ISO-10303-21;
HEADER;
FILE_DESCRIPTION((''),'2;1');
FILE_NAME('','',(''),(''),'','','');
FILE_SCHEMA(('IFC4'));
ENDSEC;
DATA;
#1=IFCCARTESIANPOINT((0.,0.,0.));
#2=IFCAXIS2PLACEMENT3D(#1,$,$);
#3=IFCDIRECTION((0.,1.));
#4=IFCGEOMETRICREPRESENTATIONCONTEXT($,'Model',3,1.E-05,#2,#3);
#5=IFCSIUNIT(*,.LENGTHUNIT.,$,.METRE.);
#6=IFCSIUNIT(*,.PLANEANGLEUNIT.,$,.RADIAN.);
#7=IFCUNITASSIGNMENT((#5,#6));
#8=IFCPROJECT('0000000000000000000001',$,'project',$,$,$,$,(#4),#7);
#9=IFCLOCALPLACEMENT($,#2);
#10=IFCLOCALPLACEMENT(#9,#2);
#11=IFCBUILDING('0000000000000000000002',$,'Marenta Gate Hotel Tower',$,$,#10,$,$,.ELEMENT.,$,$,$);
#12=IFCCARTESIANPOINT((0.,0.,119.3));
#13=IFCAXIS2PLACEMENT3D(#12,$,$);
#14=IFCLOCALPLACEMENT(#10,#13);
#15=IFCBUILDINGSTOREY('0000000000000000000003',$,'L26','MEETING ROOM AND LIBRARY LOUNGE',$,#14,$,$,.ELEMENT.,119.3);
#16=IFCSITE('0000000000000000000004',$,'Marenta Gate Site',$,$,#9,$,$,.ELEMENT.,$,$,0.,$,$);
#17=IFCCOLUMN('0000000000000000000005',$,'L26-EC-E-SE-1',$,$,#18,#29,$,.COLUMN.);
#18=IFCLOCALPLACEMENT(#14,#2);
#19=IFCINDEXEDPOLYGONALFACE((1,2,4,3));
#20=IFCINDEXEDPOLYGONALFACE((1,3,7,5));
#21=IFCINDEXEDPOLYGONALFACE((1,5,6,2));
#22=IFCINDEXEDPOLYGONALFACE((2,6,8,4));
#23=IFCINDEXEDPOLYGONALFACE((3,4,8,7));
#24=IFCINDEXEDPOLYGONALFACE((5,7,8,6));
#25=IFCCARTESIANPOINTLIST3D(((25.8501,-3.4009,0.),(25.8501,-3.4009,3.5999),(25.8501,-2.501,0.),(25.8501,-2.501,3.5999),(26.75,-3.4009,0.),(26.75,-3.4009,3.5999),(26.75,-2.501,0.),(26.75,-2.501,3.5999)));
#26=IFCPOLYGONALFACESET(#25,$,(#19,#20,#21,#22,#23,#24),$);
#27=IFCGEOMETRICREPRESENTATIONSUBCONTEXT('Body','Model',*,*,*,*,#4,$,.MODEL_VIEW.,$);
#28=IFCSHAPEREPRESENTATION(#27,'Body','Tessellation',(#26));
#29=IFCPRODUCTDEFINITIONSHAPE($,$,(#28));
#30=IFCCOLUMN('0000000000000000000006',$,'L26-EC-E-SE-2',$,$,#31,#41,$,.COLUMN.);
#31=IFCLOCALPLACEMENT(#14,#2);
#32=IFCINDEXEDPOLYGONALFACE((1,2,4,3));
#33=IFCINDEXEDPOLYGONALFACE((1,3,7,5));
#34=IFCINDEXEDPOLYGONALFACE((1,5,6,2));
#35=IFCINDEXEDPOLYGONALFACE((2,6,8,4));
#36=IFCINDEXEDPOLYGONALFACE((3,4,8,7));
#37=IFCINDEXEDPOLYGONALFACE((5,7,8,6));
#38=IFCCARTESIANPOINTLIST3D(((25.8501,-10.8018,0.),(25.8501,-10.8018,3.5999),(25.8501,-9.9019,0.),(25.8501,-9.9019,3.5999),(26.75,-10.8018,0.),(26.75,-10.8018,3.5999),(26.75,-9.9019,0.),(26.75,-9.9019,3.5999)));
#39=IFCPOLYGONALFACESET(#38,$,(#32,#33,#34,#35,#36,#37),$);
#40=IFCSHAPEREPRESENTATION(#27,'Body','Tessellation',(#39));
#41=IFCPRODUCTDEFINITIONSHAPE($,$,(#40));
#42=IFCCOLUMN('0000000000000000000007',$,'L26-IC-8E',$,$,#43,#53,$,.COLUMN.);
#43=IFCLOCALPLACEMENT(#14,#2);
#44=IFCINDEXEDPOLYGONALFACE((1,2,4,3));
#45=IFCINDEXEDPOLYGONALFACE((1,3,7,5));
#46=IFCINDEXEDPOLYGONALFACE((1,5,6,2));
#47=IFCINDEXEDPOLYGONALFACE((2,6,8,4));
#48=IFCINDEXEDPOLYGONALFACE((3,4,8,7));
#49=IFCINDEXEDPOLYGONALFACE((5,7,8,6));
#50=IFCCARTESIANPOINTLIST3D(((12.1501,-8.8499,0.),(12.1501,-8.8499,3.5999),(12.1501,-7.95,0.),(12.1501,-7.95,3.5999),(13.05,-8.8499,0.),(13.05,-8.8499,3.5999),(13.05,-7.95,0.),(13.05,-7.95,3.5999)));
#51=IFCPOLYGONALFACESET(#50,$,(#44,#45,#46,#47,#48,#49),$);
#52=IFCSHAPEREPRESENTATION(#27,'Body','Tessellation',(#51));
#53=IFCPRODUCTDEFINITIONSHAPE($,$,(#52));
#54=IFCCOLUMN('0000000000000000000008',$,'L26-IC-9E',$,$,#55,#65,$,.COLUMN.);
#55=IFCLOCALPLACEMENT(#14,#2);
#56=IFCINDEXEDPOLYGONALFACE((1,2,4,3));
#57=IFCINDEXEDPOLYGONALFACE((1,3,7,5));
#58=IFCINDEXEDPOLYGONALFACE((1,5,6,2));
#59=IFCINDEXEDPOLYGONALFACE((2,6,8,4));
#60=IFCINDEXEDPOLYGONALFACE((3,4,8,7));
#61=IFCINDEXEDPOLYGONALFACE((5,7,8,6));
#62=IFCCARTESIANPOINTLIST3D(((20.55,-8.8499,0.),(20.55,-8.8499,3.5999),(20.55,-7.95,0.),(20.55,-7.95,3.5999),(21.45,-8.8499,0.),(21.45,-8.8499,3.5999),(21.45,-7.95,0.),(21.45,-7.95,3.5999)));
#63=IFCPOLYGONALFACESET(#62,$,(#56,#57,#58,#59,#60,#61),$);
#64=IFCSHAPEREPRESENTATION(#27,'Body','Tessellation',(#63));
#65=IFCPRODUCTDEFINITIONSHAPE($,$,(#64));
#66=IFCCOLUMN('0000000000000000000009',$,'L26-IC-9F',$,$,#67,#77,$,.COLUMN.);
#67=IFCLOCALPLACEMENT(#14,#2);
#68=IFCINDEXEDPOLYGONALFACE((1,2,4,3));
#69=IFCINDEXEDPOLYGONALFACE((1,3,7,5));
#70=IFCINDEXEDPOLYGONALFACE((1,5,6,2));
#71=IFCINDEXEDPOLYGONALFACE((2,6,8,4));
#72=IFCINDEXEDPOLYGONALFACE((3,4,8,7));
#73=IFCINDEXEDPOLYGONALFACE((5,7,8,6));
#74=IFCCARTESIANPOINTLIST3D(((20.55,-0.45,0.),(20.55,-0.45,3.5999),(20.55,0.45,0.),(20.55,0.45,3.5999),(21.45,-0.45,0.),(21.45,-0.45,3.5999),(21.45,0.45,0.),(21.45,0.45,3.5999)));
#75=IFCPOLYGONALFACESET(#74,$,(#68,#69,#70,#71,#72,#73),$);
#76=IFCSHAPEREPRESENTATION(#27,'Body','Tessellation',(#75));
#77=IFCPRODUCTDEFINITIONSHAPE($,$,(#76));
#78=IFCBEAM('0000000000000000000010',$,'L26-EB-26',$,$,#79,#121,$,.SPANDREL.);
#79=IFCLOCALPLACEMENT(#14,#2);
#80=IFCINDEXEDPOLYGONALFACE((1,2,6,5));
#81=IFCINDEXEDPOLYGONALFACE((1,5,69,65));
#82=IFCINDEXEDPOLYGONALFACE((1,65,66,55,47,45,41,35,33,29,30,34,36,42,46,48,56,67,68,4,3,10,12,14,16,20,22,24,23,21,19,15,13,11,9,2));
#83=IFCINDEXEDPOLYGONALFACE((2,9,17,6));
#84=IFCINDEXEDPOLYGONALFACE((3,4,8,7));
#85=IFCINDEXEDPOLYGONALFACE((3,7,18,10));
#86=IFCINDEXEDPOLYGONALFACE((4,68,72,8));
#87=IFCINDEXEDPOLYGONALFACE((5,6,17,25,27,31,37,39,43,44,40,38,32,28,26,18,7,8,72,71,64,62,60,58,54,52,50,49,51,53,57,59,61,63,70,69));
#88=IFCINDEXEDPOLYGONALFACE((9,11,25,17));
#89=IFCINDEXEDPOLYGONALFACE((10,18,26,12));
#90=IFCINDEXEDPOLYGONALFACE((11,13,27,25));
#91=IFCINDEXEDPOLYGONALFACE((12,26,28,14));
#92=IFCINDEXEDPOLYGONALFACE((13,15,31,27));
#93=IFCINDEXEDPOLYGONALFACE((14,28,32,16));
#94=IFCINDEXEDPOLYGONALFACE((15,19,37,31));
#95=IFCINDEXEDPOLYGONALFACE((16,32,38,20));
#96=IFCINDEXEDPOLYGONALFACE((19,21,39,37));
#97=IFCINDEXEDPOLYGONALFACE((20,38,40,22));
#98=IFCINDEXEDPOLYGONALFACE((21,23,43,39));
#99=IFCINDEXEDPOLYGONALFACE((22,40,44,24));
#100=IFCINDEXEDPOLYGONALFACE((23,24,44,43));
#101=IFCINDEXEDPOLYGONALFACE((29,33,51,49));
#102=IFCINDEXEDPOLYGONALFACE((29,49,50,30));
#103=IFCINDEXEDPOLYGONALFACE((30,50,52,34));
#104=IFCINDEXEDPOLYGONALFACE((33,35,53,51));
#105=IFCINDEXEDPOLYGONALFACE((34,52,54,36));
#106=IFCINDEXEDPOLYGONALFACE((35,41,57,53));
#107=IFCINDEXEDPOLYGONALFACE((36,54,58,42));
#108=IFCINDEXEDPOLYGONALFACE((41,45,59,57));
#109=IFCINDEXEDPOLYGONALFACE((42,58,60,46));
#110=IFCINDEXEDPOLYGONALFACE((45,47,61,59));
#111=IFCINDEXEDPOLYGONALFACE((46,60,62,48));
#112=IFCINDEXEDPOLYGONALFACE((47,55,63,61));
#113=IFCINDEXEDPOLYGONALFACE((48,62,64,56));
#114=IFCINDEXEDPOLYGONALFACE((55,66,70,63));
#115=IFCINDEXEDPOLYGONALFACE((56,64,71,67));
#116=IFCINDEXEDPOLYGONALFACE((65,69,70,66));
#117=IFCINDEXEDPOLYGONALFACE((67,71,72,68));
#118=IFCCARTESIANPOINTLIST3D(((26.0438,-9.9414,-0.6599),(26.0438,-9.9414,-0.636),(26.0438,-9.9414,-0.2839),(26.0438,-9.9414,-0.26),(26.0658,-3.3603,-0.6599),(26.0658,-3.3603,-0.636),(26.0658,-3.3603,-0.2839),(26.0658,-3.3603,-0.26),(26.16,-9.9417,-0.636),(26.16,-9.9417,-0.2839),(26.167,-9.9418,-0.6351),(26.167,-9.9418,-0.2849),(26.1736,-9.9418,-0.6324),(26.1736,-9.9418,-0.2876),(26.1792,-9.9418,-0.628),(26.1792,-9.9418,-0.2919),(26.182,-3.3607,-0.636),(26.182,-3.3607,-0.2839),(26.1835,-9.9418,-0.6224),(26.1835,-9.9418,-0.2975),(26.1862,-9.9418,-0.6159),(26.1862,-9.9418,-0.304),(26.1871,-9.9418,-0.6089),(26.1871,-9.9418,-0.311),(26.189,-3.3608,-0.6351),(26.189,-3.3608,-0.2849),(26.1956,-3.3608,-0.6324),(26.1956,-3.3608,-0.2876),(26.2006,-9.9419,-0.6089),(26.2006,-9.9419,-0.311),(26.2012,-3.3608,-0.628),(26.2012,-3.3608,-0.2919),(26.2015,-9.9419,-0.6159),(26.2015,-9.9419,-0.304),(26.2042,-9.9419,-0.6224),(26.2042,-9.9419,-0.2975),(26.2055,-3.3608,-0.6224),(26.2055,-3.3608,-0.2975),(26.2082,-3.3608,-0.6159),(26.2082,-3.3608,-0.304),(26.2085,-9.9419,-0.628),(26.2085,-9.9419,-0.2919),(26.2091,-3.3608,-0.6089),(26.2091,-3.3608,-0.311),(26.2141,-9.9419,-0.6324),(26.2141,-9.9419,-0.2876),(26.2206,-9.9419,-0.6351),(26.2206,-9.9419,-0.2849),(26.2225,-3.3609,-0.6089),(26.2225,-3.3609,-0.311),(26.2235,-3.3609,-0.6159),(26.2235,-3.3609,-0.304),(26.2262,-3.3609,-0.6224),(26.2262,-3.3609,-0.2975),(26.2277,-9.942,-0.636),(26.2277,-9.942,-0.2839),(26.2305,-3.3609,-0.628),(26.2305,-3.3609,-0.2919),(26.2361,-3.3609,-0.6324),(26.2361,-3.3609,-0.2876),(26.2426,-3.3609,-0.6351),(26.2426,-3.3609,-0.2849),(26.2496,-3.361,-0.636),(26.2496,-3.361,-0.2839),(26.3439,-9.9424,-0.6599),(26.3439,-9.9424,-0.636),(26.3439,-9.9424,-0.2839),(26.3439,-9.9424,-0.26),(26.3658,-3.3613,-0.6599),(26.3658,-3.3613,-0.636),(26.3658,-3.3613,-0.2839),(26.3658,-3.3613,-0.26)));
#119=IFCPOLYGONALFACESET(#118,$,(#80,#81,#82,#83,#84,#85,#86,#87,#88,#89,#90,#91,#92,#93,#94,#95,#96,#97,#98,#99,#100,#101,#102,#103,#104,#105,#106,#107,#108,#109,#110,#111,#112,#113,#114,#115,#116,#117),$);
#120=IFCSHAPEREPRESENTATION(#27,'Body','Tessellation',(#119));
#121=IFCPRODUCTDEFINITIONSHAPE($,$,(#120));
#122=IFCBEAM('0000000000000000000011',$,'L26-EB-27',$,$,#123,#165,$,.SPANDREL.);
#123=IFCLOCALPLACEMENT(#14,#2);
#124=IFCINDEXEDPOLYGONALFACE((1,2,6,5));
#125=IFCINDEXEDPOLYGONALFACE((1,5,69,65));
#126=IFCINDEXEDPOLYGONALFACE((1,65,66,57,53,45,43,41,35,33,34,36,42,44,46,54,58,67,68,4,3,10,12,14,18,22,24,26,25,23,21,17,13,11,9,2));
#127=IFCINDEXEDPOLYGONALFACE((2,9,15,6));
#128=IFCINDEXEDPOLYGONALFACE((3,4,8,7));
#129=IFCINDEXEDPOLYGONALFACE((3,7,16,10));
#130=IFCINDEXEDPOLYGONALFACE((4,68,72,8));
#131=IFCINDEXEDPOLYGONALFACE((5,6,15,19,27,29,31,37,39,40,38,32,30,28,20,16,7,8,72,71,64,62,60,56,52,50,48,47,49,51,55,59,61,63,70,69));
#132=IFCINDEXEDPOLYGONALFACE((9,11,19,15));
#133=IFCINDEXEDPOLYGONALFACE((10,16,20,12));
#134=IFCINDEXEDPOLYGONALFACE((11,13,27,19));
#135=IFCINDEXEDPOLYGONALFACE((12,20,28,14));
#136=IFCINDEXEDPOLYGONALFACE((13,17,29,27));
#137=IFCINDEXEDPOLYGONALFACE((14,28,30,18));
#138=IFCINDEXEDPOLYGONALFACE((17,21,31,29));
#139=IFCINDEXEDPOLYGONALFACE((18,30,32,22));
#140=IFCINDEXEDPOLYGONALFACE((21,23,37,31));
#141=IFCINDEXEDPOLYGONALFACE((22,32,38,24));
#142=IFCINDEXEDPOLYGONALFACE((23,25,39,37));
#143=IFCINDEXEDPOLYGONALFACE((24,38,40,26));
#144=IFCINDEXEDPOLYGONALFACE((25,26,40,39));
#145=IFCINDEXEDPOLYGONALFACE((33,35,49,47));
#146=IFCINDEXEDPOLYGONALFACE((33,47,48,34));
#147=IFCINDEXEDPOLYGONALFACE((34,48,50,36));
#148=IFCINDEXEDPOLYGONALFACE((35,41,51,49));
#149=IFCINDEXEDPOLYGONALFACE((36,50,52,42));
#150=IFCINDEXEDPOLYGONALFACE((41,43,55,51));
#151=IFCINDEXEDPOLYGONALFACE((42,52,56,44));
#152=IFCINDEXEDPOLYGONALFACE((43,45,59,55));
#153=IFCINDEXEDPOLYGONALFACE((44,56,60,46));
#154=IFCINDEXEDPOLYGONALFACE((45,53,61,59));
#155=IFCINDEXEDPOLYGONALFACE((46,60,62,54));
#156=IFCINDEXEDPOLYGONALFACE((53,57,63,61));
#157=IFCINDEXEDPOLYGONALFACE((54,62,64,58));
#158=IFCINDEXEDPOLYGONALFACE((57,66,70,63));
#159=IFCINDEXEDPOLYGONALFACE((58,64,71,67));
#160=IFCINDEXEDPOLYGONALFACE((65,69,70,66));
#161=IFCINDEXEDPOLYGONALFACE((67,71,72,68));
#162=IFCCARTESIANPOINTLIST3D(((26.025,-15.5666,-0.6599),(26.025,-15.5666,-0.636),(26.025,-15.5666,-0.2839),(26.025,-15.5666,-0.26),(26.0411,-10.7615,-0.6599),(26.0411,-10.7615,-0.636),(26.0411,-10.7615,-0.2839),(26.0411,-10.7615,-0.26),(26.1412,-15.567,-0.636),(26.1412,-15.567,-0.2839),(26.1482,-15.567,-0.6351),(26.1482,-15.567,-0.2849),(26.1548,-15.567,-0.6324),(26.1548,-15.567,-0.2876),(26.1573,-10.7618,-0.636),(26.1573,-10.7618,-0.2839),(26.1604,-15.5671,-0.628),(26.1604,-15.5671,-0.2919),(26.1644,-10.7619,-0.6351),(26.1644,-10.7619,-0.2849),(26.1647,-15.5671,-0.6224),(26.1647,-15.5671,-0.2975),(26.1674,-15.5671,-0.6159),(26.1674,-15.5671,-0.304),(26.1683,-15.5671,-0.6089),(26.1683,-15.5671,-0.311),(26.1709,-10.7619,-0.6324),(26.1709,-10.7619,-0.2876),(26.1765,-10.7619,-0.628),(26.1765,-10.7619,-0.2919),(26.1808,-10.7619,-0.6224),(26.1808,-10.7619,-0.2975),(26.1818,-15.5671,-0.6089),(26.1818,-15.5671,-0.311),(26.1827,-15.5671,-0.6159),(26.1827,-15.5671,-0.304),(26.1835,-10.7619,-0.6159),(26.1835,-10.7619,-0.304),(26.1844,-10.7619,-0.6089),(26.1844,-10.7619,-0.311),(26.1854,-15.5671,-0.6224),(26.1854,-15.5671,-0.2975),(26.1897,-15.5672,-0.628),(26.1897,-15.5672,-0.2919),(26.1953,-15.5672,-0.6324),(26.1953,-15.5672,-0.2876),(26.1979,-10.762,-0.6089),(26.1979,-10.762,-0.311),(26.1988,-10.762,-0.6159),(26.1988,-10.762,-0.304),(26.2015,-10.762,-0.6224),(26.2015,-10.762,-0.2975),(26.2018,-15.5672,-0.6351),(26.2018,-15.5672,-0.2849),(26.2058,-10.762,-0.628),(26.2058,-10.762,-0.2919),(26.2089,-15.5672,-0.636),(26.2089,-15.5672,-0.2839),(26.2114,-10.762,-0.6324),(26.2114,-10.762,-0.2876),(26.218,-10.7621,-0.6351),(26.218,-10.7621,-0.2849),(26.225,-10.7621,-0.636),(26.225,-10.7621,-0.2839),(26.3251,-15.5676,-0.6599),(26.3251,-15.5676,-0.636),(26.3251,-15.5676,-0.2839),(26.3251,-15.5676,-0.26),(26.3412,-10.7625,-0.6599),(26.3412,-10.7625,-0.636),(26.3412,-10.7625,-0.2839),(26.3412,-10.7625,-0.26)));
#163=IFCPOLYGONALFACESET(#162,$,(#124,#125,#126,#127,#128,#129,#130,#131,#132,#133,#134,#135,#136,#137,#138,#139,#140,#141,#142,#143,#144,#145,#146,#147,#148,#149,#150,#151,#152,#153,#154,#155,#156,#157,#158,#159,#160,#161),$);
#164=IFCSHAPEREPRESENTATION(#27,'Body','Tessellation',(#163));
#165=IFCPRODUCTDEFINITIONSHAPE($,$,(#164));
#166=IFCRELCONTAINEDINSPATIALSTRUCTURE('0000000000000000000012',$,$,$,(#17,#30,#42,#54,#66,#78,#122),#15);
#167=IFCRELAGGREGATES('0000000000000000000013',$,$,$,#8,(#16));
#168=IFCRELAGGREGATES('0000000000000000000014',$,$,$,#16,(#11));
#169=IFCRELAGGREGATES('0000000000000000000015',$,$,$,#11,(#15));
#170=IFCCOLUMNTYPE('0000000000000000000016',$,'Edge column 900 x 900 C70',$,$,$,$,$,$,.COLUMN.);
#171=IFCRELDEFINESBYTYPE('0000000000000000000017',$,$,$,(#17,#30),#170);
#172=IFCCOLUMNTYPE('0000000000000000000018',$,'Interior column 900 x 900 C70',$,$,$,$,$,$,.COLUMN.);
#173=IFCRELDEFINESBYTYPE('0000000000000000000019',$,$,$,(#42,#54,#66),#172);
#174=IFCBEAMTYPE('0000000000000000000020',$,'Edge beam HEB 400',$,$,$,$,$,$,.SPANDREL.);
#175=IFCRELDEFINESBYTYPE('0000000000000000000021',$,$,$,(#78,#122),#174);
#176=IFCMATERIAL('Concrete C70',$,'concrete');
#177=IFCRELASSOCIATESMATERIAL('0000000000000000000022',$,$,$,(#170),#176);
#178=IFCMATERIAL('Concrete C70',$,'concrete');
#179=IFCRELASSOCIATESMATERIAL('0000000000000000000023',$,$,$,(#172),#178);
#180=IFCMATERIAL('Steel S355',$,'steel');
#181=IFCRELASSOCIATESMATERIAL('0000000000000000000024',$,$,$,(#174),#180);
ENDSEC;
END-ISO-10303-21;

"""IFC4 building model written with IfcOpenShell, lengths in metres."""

from ifc_helpers import new_model, si_unit, direction, frame, origin, origin_2d, place, context, subcontext, project, spatial, rectangle, i_section, extrude, material, material_profile, profile_set, type_object, element, save


model = new_model("IFC4")

# Units and contexts
model_context = context("Model", 3, precision=1e-05, world=origin(), true_north=direction((0.0, 1.0)))
body_context = subcontext(model_context, "Body", "Model", "MODEL_VIEW")
ifc_project = project(units=[si_unit("LENGTHUNIT", "METRE"), si_unit("PLANEANGLEUNIT", "RADIAN")], contexts=[model_context])

# Site, building, storey
site_placement = place(None, origin())
site = spatial("IfcSite", under=ifc_project, at=site_placement, Name="Marenta Gate Site", CompositionType="ELEMENT", RefElevation=0.0)
building_placement = place(site_placement, origin())
building = spatial("IfcBuilding", under=site, at=building_placement, Name="Marenta Gate Hotel Tower", CompositionType="ELEMENT")
storey_placement = place(building_placement, frame((0.0, 0.0, 119.3)))
storey = spatial("IfcBuildingStorey", under=building, at=storey_placement, Name="L26", Description="MEETING ROOM AND LIBRARY LOUNGE", CompositionType="ELEMENT", Elevation=119.3)

# Columns
ifc_material_1 = material(Name="Concrete C70", Category="concrete")
ifc_material_profile_1 = material_profile(ifc_material_1, rectangle(XDim=0.8999, YDim=0.8999, at=origin_2d()), Name="900 x 900")
ifc_profile_set_1 = profile_set([ifc_material_profile_1], Name="Concrete C70")
column_type_1 = type_object("IfcColumnType", Name="Edge column 900 x 900 C70", PredefinedType="COLUMN", material=ifc_profile_set_1)
for number, where, z_axis, x_axis, name in (
    (1, (26.3, -2.9509, 0.0), (0.0, 0.0, 1.0), (1.0, 0.0, 0.0), "L26-EC-E-SE-1"),
    (2, (26.3, -10.3518, 0.0), (0.0, 0.0, 1.0), (1.0, 0.0, 0.0), "L26-EC-E-SE-2"),
):
    element("IfcColumn", number, at=place(storey_placement, frame(where, z_axis=z_axis, x_axis=x_axis)), inside=storey, type_object=column_type_1, Name=name, PredefinedType="COLUMN", context=body_context, shape_type="SweptSolid", body=[
        extrude(rectangle(XDim=0.8999, YDim=0.8999, at=origin_2d()), origin(), (0.0, 0.0, 1.0), 3.5999),
    ])
ifc_material_2 = material(Name="Concrete C70", Category="concrete")
ifc_material_profile_2 = material_profile(ifc_material_2, rectangle(XDim=0.8999, YDim=0.8999, at=origin_2d()), Name="900 x 900")
ifc_profile_set_2 = profile_set([ifc_material_profile_2], Name="Concrete C70")
column_type_2 = type_object("IfcColumnType", Name="Interior column 900 x 900 C70", PredefinedType="COLUMN", material=ifc_profile_set_2)
for number, where, z_axis, x_axis, name in (
    (3, (12.6001, -8.3999, 0.0), (0.0, 0.0, 1.0), (1.0, 0.0, 0.0), "L26-IC-8E"),
    (4, (21.0, -8.3999, 0.0), (0.0, 0.0, 1.0), (1.0, 0.0, 0.0), "L26-IC-9E"),
    (5, (21.0, 0.0, 0.0), (0.0, 0.0, 1.0), (1.0, 0.0, 0.0), "L26-IC-9F"),
):
    element("IfcColumn", number, at=place(storey_placement, frame(where, z_axis=z_axis, x_axis=x_axis)), inside=storey, type_object=column_type_2, Name=name, PredefinedType="COLUMN", context=body_context, shape_type="SweptSolid", body=[
        extrude(rectangle(XDim=0.8999, YDim=0.8999, at=origin_2d()), origin(), (0.0, 0.0, 1.0), 3.5999),
    ])

# Beams
ifc_material_3 = material(Name="Steel S355", Category="steel")
ifc_material_profile_3 = material_profile(ifc_material_3, i_section(OverallWidth=0.3, OverallDepth=0.3999, WebThickness=0.0134, FlangeThickness=0.0239, FilletRadius=0.0271, at=origin_2d()), Name="HEB 400")
ifc_profile_set_3 = profile_set([ifc_material_profile_3], Name="Steel S355")
beam_type_1 = type_object("IfcBeamType", Name="Edge beam HEB 400", PredefinedType="SPANDREL", material=ifc_profile_set_3)
beam_1_placement = place(storey_placement, frame((26.2158, -3.3608, -0.46), z_axis=(-0.003339, -0.999994, 0.0), x_axis=(0.999994, -0.003339, 0.0)))
element("IfcBeam", 6, at=beam_1_placement, inside=storey, type_object=beam_type_1, Name="L26-EB-26", PredefinedType="SPANDREL", context=body_context, shape_type="SweptSolid", body=[
    extrude(i_section(OverallWidth=0.3, OverallDepth=0.3999, WebThickness=0.0134, FlangeThickness=0.0239, FilletRadius=0.0271, at=origin_2d()), origin(), (0.0, 0.0, 1.0), 6.5811),
])
beam_2_placement = place(storey_placement, frame((26.1912, -10.762, -0.46), z_axis=(-0.003353, -0.999994, 0.0), x_axis=(0.999994, -0.003353, 0.0)))
element("IfcBeam", 7, at=beam_2_placement, inside=storey, type_object=beam_type_1, Name="L26-EB-27", PredefinedType="SPANDREL", context=body_context, shape_type="SweptSolid", body=[
    extrude(i_section(OverallWidth=0.3, OverallDepth=0.3999, WebThickness=0.0134, FlangeThickness=0.0239, FilletRadius=0.0271, at=origin_2d()), origin(), (0.0, 0.0, 1.0), 4.8052),
])

save(model, "model.ifc")
